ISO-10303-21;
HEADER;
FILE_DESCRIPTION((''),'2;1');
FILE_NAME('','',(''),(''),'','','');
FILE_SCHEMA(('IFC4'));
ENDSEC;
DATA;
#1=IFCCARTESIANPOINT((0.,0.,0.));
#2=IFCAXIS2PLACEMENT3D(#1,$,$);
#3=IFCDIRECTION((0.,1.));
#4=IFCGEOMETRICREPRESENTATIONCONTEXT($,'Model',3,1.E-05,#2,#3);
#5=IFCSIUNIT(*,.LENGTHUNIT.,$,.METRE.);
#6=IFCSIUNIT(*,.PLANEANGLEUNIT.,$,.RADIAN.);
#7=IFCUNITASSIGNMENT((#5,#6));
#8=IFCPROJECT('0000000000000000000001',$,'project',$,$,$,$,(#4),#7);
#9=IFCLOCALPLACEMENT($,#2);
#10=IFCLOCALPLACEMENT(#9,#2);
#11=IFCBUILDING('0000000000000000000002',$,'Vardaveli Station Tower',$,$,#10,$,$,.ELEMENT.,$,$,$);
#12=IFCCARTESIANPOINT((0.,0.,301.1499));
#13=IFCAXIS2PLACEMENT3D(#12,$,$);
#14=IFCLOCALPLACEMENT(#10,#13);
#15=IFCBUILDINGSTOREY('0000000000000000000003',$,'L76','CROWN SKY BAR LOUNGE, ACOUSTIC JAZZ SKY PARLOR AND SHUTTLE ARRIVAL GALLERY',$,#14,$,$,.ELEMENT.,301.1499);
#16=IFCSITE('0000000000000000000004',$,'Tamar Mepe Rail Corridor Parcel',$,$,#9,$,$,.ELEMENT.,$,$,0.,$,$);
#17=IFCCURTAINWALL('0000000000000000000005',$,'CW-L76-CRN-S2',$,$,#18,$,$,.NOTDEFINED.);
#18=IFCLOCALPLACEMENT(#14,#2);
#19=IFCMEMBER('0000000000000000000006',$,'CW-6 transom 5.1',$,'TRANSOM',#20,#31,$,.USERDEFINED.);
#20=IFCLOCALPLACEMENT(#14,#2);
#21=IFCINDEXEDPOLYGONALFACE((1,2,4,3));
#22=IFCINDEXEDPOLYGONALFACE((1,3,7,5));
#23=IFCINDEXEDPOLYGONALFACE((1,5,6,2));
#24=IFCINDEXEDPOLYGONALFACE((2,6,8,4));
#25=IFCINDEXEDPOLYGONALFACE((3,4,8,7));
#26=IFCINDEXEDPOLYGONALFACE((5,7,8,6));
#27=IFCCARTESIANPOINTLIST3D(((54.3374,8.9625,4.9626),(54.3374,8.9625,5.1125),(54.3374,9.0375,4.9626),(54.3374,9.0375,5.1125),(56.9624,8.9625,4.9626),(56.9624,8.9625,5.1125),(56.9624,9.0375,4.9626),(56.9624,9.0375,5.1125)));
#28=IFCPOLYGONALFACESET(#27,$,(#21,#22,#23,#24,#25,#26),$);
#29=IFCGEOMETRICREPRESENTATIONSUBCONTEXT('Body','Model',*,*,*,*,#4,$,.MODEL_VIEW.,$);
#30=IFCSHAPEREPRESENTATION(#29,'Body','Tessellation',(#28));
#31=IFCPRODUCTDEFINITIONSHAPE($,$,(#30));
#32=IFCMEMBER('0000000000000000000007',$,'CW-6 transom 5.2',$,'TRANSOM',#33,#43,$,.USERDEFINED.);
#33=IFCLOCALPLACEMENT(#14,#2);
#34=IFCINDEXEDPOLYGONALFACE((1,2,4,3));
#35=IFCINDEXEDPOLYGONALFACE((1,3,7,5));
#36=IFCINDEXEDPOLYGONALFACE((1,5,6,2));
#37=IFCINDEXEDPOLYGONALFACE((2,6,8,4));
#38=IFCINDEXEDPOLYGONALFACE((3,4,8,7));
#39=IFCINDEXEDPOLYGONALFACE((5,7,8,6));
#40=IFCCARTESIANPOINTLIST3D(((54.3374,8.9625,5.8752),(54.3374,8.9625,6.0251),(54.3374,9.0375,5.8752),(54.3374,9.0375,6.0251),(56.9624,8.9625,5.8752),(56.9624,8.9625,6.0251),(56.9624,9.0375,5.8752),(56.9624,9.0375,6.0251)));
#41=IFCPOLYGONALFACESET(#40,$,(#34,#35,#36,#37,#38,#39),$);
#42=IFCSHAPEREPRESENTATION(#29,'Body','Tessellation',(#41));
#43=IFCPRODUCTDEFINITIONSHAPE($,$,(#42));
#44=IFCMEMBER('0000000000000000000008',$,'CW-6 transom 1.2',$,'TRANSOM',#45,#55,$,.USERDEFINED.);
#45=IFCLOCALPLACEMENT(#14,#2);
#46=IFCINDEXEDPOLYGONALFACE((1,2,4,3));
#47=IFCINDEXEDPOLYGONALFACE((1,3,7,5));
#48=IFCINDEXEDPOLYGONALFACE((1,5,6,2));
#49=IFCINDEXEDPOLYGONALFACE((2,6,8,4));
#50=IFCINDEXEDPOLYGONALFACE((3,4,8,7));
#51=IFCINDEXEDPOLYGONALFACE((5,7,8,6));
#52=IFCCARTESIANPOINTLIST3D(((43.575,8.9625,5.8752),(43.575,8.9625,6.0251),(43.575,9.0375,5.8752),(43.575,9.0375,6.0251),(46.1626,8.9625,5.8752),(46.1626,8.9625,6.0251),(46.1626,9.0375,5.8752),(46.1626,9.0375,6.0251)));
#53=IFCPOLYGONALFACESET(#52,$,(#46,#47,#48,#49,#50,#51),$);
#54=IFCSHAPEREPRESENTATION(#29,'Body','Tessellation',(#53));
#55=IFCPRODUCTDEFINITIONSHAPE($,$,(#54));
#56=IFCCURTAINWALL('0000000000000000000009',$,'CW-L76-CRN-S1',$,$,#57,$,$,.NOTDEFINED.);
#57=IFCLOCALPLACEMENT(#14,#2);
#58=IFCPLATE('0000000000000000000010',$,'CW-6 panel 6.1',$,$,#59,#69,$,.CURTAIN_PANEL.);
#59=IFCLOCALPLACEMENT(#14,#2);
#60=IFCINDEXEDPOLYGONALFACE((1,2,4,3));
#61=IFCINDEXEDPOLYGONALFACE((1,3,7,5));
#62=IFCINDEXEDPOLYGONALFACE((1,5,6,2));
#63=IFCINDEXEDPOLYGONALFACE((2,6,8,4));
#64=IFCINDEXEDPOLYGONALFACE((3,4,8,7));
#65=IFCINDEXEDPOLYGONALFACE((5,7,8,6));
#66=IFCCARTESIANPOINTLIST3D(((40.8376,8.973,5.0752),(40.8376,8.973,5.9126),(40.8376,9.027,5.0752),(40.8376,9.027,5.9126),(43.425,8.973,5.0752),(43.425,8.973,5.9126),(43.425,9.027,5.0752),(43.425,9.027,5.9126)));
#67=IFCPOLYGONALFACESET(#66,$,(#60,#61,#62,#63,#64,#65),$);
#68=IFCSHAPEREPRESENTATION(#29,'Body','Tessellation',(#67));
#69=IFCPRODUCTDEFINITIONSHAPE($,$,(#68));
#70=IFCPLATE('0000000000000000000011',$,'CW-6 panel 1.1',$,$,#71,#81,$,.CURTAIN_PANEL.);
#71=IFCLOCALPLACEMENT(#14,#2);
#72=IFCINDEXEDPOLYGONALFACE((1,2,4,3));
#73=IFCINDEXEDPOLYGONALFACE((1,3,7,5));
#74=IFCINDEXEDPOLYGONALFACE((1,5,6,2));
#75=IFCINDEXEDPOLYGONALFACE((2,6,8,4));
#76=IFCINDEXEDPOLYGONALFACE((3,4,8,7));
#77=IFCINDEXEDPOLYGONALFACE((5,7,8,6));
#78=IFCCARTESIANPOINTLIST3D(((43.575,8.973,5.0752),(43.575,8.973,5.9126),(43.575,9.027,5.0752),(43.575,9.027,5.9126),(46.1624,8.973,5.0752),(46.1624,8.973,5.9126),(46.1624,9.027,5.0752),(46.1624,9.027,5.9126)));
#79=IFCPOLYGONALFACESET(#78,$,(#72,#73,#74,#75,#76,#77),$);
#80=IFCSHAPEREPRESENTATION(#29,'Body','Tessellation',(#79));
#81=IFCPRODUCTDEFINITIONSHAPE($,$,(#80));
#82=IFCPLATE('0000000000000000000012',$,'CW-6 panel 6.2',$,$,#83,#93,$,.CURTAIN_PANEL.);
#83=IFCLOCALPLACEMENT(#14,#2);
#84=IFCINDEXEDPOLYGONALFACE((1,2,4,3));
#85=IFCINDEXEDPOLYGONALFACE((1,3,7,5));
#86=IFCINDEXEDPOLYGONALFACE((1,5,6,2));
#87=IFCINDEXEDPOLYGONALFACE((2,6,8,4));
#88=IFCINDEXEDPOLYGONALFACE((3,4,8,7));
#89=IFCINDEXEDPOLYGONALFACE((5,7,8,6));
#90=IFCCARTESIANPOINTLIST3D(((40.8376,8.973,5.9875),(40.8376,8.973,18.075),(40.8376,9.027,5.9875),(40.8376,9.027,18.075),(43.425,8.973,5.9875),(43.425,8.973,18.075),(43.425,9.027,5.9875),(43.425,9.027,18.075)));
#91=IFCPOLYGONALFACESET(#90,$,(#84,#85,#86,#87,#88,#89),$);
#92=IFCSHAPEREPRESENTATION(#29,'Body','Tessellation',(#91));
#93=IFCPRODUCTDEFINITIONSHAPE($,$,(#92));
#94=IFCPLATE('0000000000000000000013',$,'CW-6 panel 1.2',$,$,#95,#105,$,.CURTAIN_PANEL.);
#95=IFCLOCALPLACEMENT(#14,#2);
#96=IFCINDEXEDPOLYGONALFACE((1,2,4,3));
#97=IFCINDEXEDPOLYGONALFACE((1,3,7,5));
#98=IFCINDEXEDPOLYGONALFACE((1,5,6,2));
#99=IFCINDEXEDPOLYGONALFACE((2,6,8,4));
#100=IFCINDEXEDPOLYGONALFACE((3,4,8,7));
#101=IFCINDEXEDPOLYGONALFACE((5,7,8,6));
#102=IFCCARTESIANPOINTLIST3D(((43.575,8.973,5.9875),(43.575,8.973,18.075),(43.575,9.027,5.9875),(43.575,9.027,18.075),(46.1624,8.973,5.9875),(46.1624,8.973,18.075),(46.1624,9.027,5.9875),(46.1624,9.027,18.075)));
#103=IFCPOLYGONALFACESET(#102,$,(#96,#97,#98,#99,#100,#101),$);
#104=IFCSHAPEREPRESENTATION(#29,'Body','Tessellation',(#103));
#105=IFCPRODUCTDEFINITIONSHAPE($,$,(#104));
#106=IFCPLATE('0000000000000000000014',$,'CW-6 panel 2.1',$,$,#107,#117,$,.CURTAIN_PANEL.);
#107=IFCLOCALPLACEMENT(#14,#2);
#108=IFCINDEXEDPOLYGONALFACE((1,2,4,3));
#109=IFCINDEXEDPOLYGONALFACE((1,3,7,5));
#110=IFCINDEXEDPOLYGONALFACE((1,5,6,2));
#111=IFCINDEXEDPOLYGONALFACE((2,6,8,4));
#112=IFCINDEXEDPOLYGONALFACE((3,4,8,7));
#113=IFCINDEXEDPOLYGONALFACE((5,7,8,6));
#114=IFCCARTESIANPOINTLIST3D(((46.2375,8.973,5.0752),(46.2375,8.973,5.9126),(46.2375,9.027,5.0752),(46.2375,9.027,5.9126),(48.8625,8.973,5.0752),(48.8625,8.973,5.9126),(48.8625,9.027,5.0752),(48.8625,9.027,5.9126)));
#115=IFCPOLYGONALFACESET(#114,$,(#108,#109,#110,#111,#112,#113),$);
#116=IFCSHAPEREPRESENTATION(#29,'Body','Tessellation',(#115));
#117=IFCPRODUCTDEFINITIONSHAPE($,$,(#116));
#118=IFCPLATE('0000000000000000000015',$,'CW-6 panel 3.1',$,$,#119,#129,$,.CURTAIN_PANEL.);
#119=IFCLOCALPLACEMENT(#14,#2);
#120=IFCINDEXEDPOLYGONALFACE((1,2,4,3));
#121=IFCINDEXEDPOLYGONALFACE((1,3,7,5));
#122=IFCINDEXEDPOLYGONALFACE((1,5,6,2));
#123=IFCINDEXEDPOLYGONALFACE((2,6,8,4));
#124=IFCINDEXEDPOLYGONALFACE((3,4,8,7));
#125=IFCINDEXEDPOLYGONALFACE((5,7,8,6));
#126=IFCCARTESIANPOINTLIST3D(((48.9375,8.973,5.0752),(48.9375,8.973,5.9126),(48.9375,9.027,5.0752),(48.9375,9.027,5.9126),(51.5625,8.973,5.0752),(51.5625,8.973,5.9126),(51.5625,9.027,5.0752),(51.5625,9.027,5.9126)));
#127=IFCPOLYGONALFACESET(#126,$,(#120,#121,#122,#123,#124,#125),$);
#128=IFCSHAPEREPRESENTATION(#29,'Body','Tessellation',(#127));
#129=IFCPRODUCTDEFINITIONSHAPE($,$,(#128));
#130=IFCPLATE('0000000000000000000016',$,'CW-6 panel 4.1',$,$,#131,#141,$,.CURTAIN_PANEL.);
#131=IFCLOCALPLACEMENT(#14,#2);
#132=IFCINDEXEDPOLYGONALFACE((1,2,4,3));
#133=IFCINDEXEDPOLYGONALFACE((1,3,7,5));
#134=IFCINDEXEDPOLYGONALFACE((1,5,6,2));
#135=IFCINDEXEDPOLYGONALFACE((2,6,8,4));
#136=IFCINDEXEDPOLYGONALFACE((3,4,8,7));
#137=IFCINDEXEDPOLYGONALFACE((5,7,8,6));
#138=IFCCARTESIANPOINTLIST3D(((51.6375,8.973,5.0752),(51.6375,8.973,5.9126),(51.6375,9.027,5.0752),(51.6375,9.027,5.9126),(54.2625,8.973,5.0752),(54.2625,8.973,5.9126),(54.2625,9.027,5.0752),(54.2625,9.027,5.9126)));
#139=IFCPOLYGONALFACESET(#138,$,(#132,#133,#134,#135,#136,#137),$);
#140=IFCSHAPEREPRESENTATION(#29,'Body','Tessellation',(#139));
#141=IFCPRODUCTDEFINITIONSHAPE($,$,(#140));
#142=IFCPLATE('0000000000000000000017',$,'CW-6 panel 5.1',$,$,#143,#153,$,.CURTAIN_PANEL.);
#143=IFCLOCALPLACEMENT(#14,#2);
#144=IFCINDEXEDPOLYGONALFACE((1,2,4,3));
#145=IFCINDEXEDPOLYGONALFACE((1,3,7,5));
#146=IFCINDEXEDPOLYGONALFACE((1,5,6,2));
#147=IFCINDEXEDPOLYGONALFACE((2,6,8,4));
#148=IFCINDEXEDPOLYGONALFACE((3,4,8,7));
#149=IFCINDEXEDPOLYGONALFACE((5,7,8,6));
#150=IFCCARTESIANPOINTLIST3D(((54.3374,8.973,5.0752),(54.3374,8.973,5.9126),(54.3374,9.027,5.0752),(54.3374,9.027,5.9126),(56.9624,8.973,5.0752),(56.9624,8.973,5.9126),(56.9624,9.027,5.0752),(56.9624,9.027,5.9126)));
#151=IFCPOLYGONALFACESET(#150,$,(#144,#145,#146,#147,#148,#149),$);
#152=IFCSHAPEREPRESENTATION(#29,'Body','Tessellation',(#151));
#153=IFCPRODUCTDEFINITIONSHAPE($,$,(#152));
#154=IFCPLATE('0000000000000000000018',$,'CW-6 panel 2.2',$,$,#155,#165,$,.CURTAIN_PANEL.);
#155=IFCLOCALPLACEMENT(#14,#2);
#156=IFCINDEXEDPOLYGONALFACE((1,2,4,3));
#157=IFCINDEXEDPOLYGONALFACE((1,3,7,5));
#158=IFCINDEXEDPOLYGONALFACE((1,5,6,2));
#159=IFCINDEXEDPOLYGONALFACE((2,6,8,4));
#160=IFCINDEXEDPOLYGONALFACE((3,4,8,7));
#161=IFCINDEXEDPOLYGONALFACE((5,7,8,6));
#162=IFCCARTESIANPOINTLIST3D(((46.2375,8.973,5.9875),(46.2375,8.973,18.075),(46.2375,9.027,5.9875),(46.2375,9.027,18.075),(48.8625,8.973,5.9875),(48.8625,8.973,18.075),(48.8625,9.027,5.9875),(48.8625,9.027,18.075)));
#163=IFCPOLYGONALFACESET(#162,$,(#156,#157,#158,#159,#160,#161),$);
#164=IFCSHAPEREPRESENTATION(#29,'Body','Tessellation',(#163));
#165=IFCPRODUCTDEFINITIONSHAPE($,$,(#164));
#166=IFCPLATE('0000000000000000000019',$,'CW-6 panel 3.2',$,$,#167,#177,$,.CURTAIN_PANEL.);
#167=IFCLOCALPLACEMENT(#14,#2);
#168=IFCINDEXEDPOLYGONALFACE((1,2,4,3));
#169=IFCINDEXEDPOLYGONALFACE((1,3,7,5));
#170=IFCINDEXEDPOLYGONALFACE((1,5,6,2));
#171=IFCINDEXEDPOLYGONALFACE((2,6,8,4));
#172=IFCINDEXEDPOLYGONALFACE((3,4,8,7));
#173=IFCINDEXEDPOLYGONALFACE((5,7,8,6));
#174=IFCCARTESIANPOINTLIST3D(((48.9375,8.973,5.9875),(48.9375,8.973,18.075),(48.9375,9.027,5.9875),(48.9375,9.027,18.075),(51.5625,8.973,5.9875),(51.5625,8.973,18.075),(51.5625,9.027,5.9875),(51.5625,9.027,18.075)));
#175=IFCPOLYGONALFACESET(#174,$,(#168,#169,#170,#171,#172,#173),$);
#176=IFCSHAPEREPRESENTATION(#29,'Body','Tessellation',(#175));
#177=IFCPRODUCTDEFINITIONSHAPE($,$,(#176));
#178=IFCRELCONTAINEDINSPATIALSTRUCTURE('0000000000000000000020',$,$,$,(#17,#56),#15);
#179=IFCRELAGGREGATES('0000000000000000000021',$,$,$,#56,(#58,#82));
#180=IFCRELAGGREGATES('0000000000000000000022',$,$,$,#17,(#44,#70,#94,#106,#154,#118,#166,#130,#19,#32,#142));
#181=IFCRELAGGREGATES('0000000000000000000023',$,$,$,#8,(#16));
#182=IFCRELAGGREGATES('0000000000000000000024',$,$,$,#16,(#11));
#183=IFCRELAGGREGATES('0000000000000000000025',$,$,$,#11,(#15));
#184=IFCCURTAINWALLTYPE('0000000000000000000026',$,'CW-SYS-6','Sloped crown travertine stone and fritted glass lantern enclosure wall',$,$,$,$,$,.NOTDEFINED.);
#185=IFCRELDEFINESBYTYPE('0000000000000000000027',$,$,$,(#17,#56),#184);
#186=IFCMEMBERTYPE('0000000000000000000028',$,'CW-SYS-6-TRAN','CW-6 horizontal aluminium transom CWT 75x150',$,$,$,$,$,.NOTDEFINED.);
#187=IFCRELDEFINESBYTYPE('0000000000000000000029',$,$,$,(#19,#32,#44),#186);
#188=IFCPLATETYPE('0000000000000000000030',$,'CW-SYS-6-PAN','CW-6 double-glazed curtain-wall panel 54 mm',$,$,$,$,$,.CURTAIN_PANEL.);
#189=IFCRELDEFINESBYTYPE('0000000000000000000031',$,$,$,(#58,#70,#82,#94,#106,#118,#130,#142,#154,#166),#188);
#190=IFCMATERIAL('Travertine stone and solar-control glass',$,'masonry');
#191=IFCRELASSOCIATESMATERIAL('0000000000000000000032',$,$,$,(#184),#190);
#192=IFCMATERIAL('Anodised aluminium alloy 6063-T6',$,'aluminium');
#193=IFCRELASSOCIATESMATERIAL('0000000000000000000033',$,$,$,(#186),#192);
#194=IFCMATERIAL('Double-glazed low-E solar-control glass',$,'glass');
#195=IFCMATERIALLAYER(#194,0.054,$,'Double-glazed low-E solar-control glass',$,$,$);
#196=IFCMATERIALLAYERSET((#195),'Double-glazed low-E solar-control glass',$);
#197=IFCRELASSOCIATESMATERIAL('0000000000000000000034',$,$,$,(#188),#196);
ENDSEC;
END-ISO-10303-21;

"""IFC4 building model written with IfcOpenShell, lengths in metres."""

from ifc_helpers import new_model, si_unit, direction, frame, origin, origin_2d, place, context, subcontext, project, spatial, rectangle, extrude, source, transform, mapped, material, layer, layer_set, material_profile, profile_set, type_object, element, aggregate, save


model = new_model("IFC4")

# Units and contexts
model_context = context("Model", 3, precision=1e-05, world=origin(), true_north=direction((0.0, 1.0)))
body_context = subcontext(model_context, "Body", "Model", "MODEL_VIEW")
ifc_project = project(units=[si_unit("LENGTHUNIT", "METRE"), si_unit("PLANEANGLEUNIT", "RADIAN")], contexts=[model_context])

# Site, building, storey
site_placement = place(None, origin())
site = spatial("IfcSite", under=ifc_project, at=site_placement, Name="Tamar Mepe Rail Corridor Parcel", CompositionType="ELEMENT", RefElevation=0.0)
building_placement = place(site_placement, origin())
building = spatial("IfcBuilding", under=site, at=building_placement, Name="Vardaveli Station Tower", CompositionType="ELEMENT")
storey_placement = place(building_placement, frame((0.0, 0.0, 301.1499)))
storey = spatial("IfcBuildingStorey", under=building, at=storey_placement, Name="L76", Description="CROWN SKY BAR LOUNGE, ACOUSTIC JAZZ SKY PARLOR AND SHUTTLE ARRIVAL GALLERY", CompositionType="ELEMENT", Elevation=301.1499)

# Curtain wall, members
ifc_material_1 = material(Name="Travertine stone and solar-control glass", Category="masonry")
curtain_wall_type = type_object("IfcCurtainWallType", Name="CW-SYS-6", Description="Sloped crown travertine stone and fritted glass lantern enclosure wall", PredefinedType="NOTDEFINED", material=ifc_material_1)
curtain_wall_1_placement = place(storey_placement, origin())
curtain_wall_1 = element("IfcCurtainWall", 1, at=curtain_wall_1_placement, inside=storey, type_object=curtain_wall_type, Name="CW-L76-CRN-S2", PredefinedType="NOTDEFINED")
ifc_material_2 = material(Name="Anodised aluminium alloy 6063-T6", Category="aluminium")
ifc_material_profile_1 = material_profile(ifc_material_2, rectangle(XDim=0.075, YDim=0.1499, at=origin_2d()), Name="CWT 75x150")
ifc_profile_set_1 = profile_set([ifc_material_profile_1], Name="Anodised aluminium alloy 6063-T6")
member_type_1 = type_object("IfcMemberType", Name="CW-SYS-6-TRAN", Description="CW-6 horizontal aluminium transom CWT 75x150", PredefinedType="NOTDEFINED", material=ifc_profile_set_1)
shared_shape_1 = source(origin(), body_context, "Body", "SweptSolid", [
    extrude(rectangle(XDim=0.075, YDim=0.1499, at=origin_2d()), origin(), (0.0, 0.0, 1.0), 2.625),
])
member_1_placement = place(storey_placement, frame((54.3374, 9.0, 5.0376), z_axis=(1.0, 0.0, 0.0), x_axis=(0.0, 1.0, 0.0)))
member_1 = element("IfcMember", 2, at=member_1_placement, type_object=member_type_1, Name="CW-6 transom 5.1", ObjectType="TRANSOM", PredefinedType="USERDEFINED", context=body_context, shape_type="MappedRepresentation", body=[
    mapped(shared_shape_1, transform((0.0, 0.0, 0.0), scale=1.0)),
])
member_2_placement = place(storey_placement, frame((54.3374, 9.0, 5.9502), z_axis=(1.0, 0.0, 0.0), x_axis=(0.0, 1.0, 0.0)))
member_2 = element("IfcMember", 3, at=member_2_placement, type_object=member_type_1, Name="CW-6 transom 5.2", ObjectType="TRANSOM", PredefinedType="USERDEFINED", context=body_context, shape_type="MappedRepresentation", body=[
    mapped(shared_shape_1, transform((0.0, 0.0, 0.0), scale=1.0)),
])
shared_shape_2 = source(origin(), body_context, "Body", "SweptSolid", [
    extrude(rectangle(XDim=0.075, YDim=0.1499, at=origin_2d()), origin(), (0.0, 0.0, 1.0), 2.5876),
])
member_3_placement = place(storey_placement, frame((43.575, 9.0, 5.9502), z_axis=(1.0, 0.0, 0.0), x_axis=(0.0, 1.0, 0.0)))
member_3 = element("IfcMember", 4, at=member_3_placement, type_object=member_type_1, Name="CW-6 transom 1.2", ObjectType="TRANSOM", PredefinedType="USERDEFINED", context=body_context, shape_type="MappedRepresentation", body=[
    mapped(shared_shape_2, transform((0.0, 0.0, 0.0), scale=1.0)),
])

# Curtain wall, plate
curtain_wall_2_placement = place(storey_placement, origin())
curtain_wall_2 = element("IfcCurtainWall", 5, at=curtain_wall_2_placement, inside=storey, type_object=curtain_wall_type, Name="CW-L76-CRN-S1", PredefinedType="NOTDEFINED")
ifc_material_3 = material(Name="Double-glazed low-E solar-control glass", Category="glass")
ifc_layer = layer(ifc_material_3, 0.054, Name="Double-glazed low-E solar-control glass")
ifc_layer_set = layer_set([ifc_layer], Name="Double-glazed low-E solar-control glass")
plate_type = type_object("IfcPlateType", Name="CW-SYS-6-PAN", Description="CW-6 double-glazed curtain-wall panel 54 mm", PredefinedType="CURTAIN_PANEL", material=ifc_layer_set)
shared_shape_3 = source(origin(), body_context, "Body", "SweptSolid", [
    extrude(rectangle(XDim=2.5874, YDim=0.054, at=origin_2d()), origin(), (0.0, 0.0, 1.0), 0.8374),
])
plate_1_placement = place(storey_placement, frame((42.1313, 9.0, 5.0752), z_axis=(0.0, 0.0, 1.0), x_axis=(1.0, 0.0, 0.0)))
plate_1 = element("IfcPlate", 6, at=plate_1_placement, type_object=plate_type, Name="CW-6 panel 6.1", PredefinedType="CURTAIN_PANEL", context=body_context, shape_type="MappedRepresentation", body=[
    mapped(shared_shape_3, transform((0.0, 0.0, 0.0), scale=1.0)),
])

# Plates
plate_2_placement = place(storey_placement, frame((44.8687, 9.0, 5.0752), z_axis=(0.0, 0.0, 1.0), x_axis=(1.0, 0.0, 0.0)))
plate_2 = element("IfcPlate", 7, at=plate_2_placement, type_object=plate_type, Name="CW-6 panel 1.1", PredefinedType="CURTAIN_PANEL", context=body_context, shape_type="MappedRepresentation", body=[
    mapped(shared_shape_3, transform((0.0, 0.0, 0.0), scale=1.0)),
])
shared_shape_4 = source(origin(), body_context, "Body", "SweptSolid", [
    extrude(rectangle(XDim=2.5874, YDim=0.054, at=origin_2d()), origin(), (0.0, 0.0, 1.0), 12.0874),
])
plate_3_placement = place(storey_placement, frame((42.1313, 9.0, 5.9875), z_axis=(0.0, 0.0, 1.0), x_axis=(1.0, 0.0, 0.0)))
plate_3 = element("IfcPlate", 8, at=plate_3_placement, type_object=plate_type, Name="CW-6 panel 6.2", PredefinedType="CURTAIN_PANEL", context=body_context, shape_type="MappedRepresentation", body=[
    mapped(shared_shape_4, transform((0.0, 0.0, 0.0), scale=1.0)),
])
aggregate(curtain_wall_2, [plate_1, plate_3])
plate_4_placement = place(storey_placement, frame((44.8687, 9.0, 5.9875), z_axis=(0.0, 0.0, 1.0), x_axis=(1.0, 0.0, 0.0)))
plate_4 = element("IfcPlate", 9, at=plate_4_placement, type_object=plate_type, Name="CW-6 panel 1.2", PredefinedType="CURTAIN_PANEL", context=body_context, shape_type="MappedRepresentation", body=[
    mapped(shared_shape_4, transform((0.0, 0.0, 0.0), scale=1.0)),
])
shared_shape_5 = source(origin(), body_context, "Body", "SweptSolid", [
    extrude(rectangle(XDim=2.625, YDim=0.054, at=origin_2d()), origin(), (0.0, 0.0, 1.0), 0.8374),
])
plate_5_placement = place(storey_placement, frame((47.55, 9.0, 5.0752), z_axis=(0.0, 0.0, 1.0), x_axis=(1.0, 0.0, 0.0)))
plate_5 = element("IfcPlate", 10, at=plate_5_placement, type_object=plate_type, Name="CW-6 panel 2.1", PredefinedType="CURTAIN_PANEL", context=body_context, shape_type="MappedRepresentation", body=[
    mapped(shared_shape_5, transform((0.0, 0.0, 0.0), scale=1.0)),
])
plate_6_placement = place(storey_placement, frame((50.25, 9.0, 5.0752), z_axis=(0.0, 0.0, 1.0), x_axis=(1.0, 0.0, 0.0)))
plate_6 = element("IfcPlate", 11, at=plate_6_placement, type_object=plate_type, Name="CW-6 panel 3.1", PredefinedType="CURTAIN_PANEL", context=body_context, shape_type="MappedRepresentation", body=[
    mapped(shared_shape_5, transform((0.0, 0.0, 0.0), scale=1.0)),
])
plate_7_placement = place(storey_placement, frame((52.95, 9.0, 5.0752), z_axis=(0.0, 0.0, 1.0), x_axis=(1.0, 0.0, 0.0)))
plate_7 = element("IfcPlate", 12, at=plate_7_placement, type_object=plate_type, Name="CW-6 panel 4.1", PredefinedType="CURTAIN_PANEL", context=body_context, shape_type="MappedRepresentation", body=[
    mapped(shared_shape_5, transform((0.0, 0.0, 0.0), scale=1.0)),
])
plate_8_placement = place(storey_placement, frame((55.6499, 9.0, 5.0752), z_axis=(0.0, 0.0, 1.0), x_axis=(1.0, 0.0, 0.0)))
plate_8 = element("IfcPlate", 13, at=plate_8_placement, type_object=plate_type, Name="CW-6 panel 5.1", PredefinedType="CURTAIN_PANEL", context=body_context, shape_type="MappedRepresentation", body=[
    mapped(shared_shape_5, transform((0.0, 0.0, 0.0), scale=1.0)),
])
shared_shape_6 = source(origin(), body_context, "Body", "SweptSolid", [
    extrude(rectangle(XDim=2.625, YDim=0.054, at=origin_2d()), origin(), (0.0, 0.0, 1.0), 12.0874),
])
plate_9_placement = place(storey_placement, frame((47.55, 9.0, 5.9875), z_axis=(0.0, 0.0, 1.0), x_axis=(1.0, 0.0, 0.0)))
plate_9 = element("IfcPlate", 14, at=plate_9_placement, type_object=plate_type, Name="CW-6 panel 2.2", PredefinedType="CURTAIN_PANEL", context=body_context, shape_type="MappedRepresentation", body=[
    mapped(shared_shape_6, transform((0.0, 0.0, 0.0), scale=1.0)),
])
plate_10_placement = place(storey_placement, frame((50.25, 9.0, 5.9875), z_axis=(0.0, 0.0, 1.0), x_axis=(1.0, 0.0, 0.0)))
plate_10 = element("IfcPlate", 15, at=plate_10_placement, type_object=plate_type, Name="CW-6 panel 3.2", PredefinedType="CURTAIN_PANEL", context=body_context, shape_type="MappedRepresentation", body=[
    mapped(shared_shape_6, transform((0.0, 0.0, 0.0), scale=1.0)),
])
aggregate(curtain_wall_1, [member_3, plate_2, plate_4, plate_5, plate_9, plate_6, plate_10, plate_7, member_1, member_2, plate_8])

save(model, "model.ifc")
